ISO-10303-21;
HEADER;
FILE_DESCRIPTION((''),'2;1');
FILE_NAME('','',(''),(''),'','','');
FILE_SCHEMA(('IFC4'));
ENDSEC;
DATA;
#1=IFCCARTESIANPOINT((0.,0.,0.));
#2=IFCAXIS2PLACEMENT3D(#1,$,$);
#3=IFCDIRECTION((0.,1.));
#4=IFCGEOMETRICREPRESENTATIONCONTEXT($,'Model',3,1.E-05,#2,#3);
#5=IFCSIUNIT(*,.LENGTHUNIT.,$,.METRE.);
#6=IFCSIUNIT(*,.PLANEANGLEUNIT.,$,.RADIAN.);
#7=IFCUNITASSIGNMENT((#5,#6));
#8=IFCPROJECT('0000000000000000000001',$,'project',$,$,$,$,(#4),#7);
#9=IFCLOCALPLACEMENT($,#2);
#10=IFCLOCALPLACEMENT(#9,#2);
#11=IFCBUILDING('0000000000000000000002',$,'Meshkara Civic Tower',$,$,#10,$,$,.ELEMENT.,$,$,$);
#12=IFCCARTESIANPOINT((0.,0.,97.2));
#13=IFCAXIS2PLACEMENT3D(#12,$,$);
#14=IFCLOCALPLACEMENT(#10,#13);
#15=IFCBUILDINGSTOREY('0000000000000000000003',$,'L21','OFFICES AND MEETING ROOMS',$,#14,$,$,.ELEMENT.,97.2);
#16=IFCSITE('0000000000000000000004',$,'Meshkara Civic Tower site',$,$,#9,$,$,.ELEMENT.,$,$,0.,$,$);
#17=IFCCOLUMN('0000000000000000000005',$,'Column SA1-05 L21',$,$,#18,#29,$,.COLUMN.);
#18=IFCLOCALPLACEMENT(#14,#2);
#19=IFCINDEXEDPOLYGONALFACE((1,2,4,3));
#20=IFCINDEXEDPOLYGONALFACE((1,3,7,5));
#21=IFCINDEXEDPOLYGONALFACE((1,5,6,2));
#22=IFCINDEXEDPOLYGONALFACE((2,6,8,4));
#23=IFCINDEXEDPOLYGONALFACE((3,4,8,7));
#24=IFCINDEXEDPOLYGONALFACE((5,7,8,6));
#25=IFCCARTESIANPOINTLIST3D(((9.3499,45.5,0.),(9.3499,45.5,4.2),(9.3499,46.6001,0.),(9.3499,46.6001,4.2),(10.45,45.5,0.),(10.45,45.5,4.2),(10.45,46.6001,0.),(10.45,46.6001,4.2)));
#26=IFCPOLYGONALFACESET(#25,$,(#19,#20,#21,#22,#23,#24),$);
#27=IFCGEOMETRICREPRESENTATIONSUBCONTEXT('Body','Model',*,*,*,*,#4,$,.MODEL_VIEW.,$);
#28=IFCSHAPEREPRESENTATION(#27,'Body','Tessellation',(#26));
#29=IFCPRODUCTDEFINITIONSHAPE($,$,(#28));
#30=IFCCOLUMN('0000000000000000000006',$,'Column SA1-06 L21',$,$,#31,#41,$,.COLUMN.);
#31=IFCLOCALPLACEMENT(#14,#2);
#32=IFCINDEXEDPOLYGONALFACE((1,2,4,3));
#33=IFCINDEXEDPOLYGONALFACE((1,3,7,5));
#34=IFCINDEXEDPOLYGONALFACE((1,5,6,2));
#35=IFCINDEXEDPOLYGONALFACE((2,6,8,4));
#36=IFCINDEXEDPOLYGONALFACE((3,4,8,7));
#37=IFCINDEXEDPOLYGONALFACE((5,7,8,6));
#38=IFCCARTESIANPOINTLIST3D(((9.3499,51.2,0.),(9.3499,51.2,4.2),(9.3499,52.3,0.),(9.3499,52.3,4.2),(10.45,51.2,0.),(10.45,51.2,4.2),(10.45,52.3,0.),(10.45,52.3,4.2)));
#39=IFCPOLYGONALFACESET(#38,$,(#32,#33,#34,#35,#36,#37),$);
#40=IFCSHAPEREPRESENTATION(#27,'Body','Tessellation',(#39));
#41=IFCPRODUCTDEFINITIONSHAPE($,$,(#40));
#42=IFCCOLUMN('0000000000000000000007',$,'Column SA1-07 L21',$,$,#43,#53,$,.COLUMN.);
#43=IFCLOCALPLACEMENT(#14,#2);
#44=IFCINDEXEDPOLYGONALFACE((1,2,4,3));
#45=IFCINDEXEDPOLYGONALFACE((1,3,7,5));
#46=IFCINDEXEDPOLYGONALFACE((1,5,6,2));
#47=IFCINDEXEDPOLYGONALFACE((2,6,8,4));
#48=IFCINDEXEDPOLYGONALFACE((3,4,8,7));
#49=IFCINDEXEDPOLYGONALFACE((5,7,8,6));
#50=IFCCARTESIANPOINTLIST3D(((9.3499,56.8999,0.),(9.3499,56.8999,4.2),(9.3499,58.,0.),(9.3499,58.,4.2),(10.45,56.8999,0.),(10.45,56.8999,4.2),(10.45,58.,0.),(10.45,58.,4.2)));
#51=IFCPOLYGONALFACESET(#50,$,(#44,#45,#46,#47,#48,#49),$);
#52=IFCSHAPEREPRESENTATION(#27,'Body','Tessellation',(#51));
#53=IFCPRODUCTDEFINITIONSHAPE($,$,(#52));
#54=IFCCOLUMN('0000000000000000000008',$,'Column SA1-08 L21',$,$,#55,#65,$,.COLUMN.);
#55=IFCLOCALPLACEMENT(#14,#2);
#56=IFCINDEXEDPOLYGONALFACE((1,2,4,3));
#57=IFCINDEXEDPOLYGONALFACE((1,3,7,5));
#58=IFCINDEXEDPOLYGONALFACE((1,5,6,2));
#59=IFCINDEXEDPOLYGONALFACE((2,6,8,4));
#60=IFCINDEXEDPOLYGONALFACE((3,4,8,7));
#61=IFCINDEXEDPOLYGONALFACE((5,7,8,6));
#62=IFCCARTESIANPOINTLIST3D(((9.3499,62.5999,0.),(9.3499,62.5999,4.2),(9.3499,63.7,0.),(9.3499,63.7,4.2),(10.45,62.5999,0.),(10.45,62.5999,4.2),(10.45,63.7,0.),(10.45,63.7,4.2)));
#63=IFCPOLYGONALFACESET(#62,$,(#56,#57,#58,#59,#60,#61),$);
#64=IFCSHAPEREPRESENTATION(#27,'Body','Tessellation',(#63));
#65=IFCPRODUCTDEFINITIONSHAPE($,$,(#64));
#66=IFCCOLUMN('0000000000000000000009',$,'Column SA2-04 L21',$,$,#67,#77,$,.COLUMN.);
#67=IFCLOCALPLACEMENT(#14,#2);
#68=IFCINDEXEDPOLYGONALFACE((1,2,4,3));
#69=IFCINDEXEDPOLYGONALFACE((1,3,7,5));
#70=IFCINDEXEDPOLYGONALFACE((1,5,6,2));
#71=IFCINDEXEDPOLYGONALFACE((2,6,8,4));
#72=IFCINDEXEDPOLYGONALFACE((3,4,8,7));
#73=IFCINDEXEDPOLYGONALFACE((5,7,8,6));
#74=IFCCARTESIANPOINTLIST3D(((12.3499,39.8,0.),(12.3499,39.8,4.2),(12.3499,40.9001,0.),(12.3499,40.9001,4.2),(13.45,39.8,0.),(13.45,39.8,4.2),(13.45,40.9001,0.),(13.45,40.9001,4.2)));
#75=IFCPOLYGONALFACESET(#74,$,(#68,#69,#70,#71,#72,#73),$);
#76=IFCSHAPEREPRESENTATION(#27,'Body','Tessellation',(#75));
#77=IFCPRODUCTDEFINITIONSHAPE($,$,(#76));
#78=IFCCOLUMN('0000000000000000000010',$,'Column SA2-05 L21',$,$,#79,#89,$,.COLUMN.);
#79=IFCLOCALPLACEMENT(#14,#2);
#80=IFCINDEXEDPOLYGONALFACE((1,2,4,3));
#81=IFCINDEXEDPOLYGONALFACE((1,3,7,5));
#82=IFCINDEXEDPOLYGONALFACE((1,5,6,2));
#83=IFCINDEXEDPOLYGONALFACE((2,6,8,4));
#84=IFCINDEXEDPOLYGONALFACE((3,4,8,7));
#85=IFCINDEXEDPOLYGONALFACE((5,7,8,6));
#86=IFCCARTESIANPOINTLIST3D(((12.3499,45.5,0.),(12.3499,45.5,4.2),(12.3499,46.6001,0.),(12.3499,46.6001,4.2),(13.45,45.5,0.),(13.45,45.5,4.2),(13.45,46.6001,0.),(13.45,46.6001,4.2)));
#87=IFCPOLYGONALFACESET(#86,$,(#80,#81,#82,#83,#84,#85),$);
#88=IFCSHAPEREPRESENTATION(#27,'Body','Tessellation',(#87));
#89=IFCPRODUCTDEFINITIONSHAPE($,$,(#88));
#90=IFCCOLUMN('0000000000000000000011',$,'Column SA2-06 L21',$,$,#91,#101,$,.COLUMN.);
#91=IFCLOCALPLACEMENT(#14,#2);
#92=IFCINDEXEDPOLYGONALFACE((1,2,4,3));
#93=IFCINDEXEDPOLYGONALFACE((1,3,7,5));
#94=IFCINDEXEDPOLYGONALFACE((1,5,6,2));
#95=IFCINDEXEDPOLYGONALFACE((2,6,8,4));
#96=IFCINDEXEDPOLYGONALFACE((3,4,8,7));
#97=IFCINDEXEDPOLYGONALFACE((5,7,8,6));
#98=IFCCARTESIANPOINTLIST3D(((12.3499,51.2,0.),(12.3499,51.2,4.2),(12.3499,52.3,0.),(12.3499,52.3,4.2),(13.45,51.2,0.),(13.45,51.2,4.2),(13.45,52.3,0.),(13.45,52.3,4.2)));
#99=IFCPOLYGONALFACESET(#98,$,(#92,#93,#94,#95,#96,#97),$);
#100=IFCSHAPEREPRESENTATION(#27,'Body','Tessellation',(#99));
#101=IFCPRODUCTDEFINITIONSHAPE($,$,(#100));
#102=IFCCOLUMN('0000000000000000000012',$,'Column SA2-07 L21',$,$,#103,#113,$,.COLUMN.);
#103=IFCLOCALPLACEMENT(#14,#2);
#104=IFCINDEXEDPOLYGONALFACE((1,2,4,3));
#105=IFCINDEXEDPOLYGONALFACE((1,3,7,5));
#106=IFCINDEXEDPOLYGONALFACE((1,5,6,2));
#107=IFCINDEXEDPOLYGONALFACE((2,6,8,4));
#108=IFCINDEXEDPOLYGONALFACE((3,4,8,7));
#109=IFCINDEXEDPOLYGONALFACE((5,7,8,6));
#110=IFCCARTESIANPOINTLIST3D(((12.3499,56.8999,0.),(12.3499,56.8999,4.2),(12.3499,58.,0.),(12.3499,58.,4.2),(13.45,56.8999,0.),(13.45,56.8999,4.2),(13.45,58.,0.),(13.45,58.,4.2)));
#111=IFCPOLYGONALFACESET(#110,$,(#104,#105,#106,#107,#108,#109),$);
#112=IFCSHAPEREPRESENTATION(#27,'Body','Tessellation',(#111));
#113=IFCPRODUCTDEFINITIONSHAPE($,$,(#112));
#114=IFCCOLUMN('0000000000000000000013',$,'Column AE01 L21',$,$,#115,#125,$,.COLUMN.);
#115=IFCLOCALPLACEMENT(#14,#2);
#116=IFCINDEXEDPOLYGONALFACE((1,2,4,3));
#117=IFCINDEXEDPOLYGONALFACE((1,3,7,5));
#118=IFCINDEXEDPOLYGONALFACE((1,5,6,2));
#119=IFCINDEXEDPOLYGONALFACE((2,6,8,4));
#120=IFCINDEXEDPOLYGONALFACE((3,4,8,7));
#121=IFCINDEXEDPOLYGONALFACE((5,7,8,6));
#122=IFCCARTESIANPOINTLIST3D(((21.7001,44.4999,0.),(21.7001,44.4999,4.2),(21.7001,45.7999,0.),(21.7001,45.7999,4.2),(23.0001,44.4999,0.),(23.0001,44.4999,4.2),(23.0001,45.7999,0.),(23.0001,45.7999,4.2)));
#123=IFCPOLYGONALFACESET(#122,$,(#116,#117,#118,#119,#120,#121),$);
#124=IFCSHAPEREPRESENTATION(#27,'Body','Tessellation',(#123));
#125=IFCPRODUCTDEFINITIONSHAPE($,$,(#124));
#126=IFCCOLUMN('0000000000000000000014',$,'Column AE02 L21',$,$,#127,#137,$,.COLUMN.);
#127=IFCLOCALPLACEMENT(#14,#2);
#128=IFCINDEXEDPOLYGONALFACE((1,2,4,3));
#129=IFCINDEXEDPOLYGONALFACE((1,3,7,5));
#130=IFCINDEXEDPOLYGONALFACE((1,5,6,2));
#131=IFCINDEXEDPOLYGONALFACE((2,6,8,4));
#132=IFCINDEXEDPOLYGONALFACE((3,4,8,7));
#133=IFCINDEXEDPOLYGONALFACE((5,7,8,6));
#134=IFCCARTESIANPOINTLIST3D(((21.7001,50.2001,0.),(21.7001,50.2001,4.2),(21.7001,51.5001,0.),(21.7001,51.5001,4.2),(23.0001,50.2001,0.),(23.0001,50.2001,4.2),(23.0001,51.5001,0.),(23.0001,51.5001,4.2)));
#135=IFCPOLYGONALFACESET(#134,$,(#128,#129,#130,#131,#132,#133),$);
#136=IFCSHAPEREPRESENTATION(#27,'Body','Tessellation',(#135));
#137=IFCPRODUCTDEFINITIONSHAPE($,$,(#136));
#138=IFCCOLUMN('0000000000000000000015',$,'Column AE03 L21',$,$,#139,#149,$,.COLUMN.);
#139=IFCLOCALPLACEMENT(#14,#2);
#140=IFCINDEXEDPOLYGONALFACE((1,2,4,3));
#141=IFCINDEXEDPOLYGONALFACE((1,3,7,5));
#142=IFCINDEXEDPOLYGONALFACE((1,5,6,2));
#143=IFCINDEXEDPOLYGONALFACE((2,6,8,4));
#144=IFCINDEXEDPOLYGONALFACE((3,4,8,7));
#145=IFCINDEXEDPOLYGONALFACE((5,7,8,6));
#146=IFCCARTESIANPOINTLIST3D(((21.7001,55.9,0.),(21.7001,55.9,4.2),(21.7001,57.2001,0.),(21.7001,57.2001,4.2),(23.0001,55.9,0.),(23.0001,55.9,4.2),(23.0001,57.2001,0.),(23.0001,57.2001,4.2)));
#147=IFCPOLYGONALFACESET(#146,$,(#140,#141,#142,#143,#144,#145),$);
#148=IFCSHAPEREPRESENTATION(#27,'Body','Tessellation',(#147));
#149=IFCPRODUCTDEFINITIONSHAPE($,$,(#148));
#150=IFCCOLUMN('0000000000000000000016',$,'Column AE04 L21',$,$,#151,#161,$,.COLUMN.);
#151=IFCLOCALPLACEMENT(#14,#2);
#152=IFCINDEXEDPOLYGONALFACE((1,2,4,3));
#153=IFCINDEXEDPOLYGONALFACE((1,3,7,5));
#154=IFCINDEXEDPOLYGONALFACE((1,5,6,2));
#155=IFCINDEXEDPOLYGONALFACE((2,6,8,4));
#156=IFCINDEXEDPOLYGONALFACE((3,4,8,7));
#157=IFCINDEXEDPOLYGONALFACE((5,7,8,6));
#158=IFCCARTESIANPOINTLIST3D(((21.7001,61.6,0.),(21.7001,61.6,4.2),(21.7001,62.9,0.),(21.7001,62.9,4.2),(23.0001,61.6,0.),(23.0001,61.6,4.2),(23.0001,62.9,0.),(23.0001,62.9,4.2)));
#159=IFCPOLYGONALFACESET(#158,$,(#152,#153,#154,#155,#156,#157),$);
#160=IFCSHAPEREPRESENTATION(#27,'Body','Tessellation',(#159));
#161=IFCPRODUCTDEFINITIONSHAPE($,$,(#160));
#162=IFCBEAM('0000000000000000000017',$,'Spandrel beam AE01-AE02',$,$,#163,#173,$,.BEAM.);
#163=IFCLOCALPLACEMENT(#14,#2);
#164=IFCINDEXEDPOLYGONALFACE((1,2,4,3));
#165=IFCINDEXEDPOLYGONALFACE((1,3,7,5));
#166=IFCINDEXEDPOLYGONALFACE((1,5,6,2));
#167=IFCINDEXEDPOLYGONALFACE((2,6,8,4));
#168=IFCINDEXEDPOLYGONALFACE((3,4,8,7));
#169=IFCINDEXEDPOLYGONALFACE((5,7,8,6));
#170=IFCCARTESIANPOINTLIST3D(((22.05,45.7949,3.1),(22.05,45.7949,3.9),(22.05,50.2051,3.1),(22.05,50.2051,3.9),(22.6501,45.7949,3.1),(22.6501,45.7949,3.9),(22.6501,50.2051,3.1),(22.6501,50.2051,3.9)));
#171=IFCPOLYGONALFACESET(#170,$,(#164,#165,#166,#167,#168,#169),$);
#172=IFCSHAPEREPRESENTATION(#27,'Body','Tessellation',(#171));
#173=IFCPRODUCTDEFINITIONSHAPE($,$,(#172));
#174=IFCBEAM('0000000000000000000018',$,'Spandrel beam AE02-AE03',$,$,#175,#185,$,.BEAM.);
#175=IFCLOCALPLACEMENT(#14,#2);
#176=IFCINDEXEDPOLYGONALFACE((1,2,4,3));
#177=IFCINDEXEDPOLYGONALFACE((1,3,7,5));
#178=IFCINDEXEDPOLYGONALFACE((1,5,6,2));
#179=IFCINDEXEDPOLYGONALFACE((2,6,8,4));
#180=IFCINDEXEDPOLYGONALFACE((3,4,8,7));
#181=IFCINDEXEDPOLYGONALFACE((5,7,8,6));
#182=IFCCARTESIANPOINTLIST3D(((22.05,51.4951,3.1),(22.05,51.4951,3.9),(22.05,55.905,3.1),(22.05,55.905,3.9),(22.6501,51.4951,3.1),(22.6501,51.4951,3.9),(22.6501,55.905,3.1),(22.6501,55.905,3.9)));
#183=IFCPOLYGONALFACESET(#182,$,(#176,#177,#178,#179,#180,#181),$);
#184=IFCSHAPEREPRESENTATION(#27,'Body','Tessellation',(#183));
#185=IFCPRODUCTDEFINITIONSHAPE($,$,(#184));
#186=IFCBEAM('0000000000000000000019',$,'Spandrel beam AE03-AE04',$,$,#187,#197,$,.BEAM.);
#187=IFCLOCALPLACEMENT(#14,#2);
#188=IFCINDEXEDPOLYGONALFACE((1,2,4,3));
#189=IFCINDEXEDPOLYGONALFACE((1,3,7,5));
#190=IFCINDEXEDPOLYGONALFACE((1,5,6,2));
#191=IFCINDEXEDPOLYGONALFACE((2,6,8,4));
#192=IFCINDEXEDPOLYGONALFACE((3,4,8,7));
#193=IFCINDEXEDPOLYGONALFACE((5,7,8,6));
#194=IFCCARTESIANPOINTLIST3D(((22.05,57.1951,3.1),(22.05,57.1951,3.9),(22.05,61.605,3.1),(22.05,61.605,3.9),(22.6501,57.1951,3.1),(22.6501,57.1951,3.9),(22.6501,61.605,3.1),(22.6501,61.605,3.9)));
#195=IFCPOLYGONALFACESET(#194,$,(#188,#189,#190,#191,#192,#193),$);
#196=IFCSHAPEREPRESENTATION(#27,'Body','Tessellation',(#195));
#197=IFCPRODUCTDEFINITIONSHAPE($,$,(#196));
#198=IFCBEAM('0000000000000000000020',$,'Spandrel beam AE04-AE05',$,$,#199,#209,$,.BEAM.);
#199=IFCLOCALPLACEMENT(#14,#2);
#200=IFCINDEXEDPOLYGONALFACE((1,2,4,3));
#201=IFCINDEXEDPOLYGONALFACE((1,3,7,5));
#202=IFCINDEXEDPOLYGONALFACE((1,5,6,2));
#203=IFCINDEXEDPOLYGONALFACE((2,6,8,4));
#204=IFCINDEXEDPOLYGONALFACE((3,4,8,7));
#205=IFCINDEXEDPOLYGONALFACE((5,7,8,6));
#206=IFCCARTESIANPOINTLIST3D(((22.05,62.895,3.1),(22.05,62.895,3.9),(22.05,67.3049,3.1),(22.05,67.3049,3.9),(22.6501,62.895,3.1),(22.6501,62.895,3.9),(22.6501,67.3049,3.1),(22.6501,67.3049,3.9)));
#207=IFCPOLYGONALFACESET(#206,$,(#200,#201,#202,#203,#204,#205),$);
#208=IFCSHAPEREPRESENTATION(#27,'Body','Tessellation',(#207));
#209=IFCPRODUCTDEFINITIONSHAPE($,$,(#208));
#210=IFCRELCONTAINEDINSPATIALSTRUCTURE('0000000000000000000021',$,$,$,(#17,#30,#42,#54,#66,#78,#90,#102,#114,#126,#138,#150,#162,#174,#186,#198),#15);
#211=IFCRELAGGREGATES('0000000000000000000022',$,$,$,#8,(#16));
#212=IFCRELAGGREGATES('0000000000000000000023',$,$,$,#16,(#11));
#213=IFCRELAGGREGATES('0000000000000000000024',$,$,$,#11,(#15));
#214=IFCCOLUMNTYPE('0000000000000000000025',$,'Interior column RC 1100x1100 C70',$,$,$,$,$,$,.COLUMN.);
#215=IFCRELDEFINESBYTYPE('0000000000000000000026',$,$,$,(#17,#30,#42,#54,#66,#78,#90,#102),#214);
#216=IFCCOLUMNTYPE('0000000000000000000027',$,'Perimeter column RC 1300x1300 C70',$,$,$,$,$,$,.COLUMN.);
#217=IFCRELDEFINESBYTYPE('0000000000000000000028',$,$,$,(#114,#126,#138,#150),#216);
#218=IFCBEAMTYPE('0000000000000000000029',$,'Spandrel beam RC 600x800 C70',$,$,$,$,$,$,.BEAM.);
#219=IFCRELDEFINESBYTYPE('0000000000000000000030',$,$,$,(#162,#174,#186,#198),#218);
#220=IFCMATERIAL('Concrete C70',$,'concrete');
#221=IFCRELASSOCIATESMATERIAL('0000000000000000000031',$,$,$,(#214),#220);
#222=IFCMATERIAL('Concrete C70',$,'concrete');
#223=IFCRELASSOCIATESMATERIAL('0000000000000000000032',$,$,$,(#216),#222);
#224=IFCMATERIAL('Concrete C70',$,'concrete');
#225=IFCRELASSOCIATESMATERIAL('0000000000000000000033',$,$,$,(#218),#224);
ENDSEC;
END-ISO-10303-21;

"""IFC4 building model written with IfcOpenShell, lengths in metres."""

from ifc_helpers import new_model, si_unit, direction, frame, origin, origin_2d, place, context, subcontext, project, spatial, rectangle, extrude, material, material_profile, profile_set, type_object, element, save


model = new_model("IFC4")

# Units and contexts
model_context = context("Model", 3, precision=1e-05, world=origin(), true_north=direction((0.0, 1.0)))
body_context = subcontext(model_context, "Body", "Model", "MODEL_VIEW")
ifc_project = project(units=[si_unit("LENGTHUNIT", "METRE"), si_unit("PLANEANGLEUNIT", "RADIAN")], contexts=[model_context])

# Site, building, storey
site_placement = place(None, origin())
site = spatial("IfcSite", under=ifc_project, at=site_placement, Name="Meshkara Civic Tower site", CompositionType="ELEMENT", RefElevation=0.0)
building_placement = place(site_placement, origin())
building = spatial("IfcBuilding", under=site, at=building_placement, Name="Meshkara Civic Tower", CompositionType="ELEMENT")
storey_placement = place(building_placement, frame((0.0, 0.0, 97.2)))
storey = spatial("IfcBuildingStorey", under=building, at=storey_placement, Name="L21", Description="OFFICES AND MEETING ROOMS", CompositionType="ELEMENT", Elevation=97.2)

# Columns
ifc_material_1 = material(Name="Concrete C70", Category="concrete")
ifc_material_profile_1 = material_profile(ifc_material_1, rectangle(XDim=1.1001, YDim=1.1001, at=origin_2d()))
ifc_profile_set_1 = profile_set([ifc_material_profile_1], Name="Concrete C70")
column_type_1 = type_object("IfcColumnType", Name="Interior column RC 1100x1100 C70", PredefinedType="COLUMN", material=ifc_profile_set_1)
for number, where, z_axis, x_axis, name in (
    (1, (9.8999, 46.05, 0.0), (0.0, 0.0, 1.0), (1.0, 0.0, 0.0), "Column SA1-05 L21"),
    (2, (9.8999, 51.75, 0.0), (0.0, 0.0, 1.0), (1.0, 0.0, 0.0), "Column SA1-06 L21"),
    (3, (9.8999, 57.45, 0.0), (0.0, 0.0, 1.0), (1.0, 0.0, 0.0), "Column SA1-07 L21"),
    (4, (9.8999, 63.1499, 0.0), (0.0, 0.0, 1.0), (1.0, 0.0, 0.0), "Column SA1-08 L21"),
    (5, (12.8999, 40.3501, 0.0), (0.0, 0.0, 1.0), (1.0, 0.0, 0.0), "Column SA2-04 L21"),
    (6, (12.8999, 46.05, 0.0), (0.0, 0.0, 1.0), (1.0, 0.0, 0.0), "Column SA2-05 L21"),
    (7, (12.8999, 51.75, 0.0), (0.0, 0.0, 1.0), (1.0, 0.0, 0.0), "Column SA2-06 L21"),
    (8, (12.8999, 57.45, 0.0), (0.0, 0.0, 1.0), (1.0, 0.0, 0.0), "Column SA2-07 L21"),
):
    element("IfcColumn", number, at=place(storey_placement, frame(where, z_axis=z_axis, x_axis=x_axis)), inside=storey, type_object=column_type_1, Name=name, PredefinedType="COLUMN", context=body_context, shape_type="SweptSolid", body=[
        extrude(rectangle(XDim=1.1001, YDim=1.1001, at=origin_2d()), origin(), (0.0, 0.0, 1.0), 4.2),
    ])
ifc_material_2 = material(Name="Concrete C70", Category="concrete")
ifc_material_profile_2 = material_profile(ifc_material_2, rectangle(XDim=1.3, YDim=1.3, at=origin_2d()))
ifc_profile_set_2 = profile_set([ifc_material_profile_2], Name="Concrete C70")
column_type_2 = type_object("IfcColumnType", Name="Perimeter column RC 1300x1300 C70", PredefinedType="COLUMN", material=ifc_profile_set_2)
for number, where, z_axis, x_axis, name in (
    (9, (22.3501, 45.1499, 0.0), (0.0, 0.0, 1.0), (1.0, 0.0, 0.0), "Column AE01 L21"),
    (10, (22.3501, 50.8501, 0.0), (0.0, 0.0, 1.0), (1.0, 0.0, 0.0), "Column AE02 L21"),
    (11, (22.3501, 56.55, 0.0), (0.0, 0.0, 1.0), (1.0, 0.0, 0.0), "Column AE03 L21"),
    (12, (22.3501, 62.25, 0.0), (0.0, 0.0, 1.0), (1.0, 0.0, 0.0), "Column AE04 L21"),
):
    element("IfcColumn", number, at=place(storey_placement, frame(where, z_axis=z_axis, x_axis=x_axis)), inside=storey, type_object=column_type_2, Name=name, PredefinedType="COLUMN", context=body_context, shape_type="SweptSolid", body=[
        extrude(rectangle(XDim=1.3, YDim=1.3, at=origin_2d()), origin(), (0.0, 0.0, 1.0), 4.2),
    ])

# Beams
ifc_material_3 = material(Name="Concrete C70", Category="concrete")
ifc_material_profile_3 = material_profile(ifc_material_3, rectangle(XDim=0.6001, YDim=0.8, at=origin_2d()))
ifc_profile_set_3 = profile_set([ifc_material_profile_3], Name="Concrete C70")
beam_type = type_object("IfcBeamType", Name="Spandrel beam RC 600x800 C70", PredefinedType="BEAM", material=ifc_profile_set_3)
beam_placement = place(storey_placement, frame((22.3501, 45.7949, 3.5), z_axis=(0.0, 1.0, 0.0), x_axis=(-1.0, 0.0, 0.0)))
element("IfcBeam", 13, at=beam_placement, inside=storey, type_object=beam_type, Name="Spandrel beam AE01-AE02", PredefinedType="BEAM", context=body_context, shape_type="SweptSolid", body=[
    extrude(rectangle(XDim=0.6001, YDim=0.8, at=origin_2d()), origin(), (0.0, 0.0, 1.0), 4.4102),
])
for number, where, z_axis, x_axis, name in (
    (14, (22.3501, 51.4951, 3.5), (0.0, 1.0, 0.0), (-1.0, 0.0, 0.0), "Spandrel beam AE02-AE03"),
    (15, (22.3501, 57.1951, 3.5), (0.0, 1.0, 0.0), (-1.0, 0.0, 0.0), "Spandrel beam AE03-AE04"),
    (16, (22.3501, 62.895, 3.5), (0.0, 1.0, 0.0), (-1.0, 0.0, 0.0), "Spandrel beam AE04-AE05"),
):
    element("IfcBeam", number, at=place(storey_placement, frame(where, z_axis=z_axis, x_axis=x_axis)), inside=storey, type_object=beam_type, Name=name, PredefinedType="BEAM", context=body_context, shape_type="SweptSolid", body=[
        extrude(rectangle(XDim=0.6001, YDim=0.8, at=origin_2d()), origin(), (0.0, 0.0, 1.0), 4.4099),
    ])

save(model, "model.ifc")
